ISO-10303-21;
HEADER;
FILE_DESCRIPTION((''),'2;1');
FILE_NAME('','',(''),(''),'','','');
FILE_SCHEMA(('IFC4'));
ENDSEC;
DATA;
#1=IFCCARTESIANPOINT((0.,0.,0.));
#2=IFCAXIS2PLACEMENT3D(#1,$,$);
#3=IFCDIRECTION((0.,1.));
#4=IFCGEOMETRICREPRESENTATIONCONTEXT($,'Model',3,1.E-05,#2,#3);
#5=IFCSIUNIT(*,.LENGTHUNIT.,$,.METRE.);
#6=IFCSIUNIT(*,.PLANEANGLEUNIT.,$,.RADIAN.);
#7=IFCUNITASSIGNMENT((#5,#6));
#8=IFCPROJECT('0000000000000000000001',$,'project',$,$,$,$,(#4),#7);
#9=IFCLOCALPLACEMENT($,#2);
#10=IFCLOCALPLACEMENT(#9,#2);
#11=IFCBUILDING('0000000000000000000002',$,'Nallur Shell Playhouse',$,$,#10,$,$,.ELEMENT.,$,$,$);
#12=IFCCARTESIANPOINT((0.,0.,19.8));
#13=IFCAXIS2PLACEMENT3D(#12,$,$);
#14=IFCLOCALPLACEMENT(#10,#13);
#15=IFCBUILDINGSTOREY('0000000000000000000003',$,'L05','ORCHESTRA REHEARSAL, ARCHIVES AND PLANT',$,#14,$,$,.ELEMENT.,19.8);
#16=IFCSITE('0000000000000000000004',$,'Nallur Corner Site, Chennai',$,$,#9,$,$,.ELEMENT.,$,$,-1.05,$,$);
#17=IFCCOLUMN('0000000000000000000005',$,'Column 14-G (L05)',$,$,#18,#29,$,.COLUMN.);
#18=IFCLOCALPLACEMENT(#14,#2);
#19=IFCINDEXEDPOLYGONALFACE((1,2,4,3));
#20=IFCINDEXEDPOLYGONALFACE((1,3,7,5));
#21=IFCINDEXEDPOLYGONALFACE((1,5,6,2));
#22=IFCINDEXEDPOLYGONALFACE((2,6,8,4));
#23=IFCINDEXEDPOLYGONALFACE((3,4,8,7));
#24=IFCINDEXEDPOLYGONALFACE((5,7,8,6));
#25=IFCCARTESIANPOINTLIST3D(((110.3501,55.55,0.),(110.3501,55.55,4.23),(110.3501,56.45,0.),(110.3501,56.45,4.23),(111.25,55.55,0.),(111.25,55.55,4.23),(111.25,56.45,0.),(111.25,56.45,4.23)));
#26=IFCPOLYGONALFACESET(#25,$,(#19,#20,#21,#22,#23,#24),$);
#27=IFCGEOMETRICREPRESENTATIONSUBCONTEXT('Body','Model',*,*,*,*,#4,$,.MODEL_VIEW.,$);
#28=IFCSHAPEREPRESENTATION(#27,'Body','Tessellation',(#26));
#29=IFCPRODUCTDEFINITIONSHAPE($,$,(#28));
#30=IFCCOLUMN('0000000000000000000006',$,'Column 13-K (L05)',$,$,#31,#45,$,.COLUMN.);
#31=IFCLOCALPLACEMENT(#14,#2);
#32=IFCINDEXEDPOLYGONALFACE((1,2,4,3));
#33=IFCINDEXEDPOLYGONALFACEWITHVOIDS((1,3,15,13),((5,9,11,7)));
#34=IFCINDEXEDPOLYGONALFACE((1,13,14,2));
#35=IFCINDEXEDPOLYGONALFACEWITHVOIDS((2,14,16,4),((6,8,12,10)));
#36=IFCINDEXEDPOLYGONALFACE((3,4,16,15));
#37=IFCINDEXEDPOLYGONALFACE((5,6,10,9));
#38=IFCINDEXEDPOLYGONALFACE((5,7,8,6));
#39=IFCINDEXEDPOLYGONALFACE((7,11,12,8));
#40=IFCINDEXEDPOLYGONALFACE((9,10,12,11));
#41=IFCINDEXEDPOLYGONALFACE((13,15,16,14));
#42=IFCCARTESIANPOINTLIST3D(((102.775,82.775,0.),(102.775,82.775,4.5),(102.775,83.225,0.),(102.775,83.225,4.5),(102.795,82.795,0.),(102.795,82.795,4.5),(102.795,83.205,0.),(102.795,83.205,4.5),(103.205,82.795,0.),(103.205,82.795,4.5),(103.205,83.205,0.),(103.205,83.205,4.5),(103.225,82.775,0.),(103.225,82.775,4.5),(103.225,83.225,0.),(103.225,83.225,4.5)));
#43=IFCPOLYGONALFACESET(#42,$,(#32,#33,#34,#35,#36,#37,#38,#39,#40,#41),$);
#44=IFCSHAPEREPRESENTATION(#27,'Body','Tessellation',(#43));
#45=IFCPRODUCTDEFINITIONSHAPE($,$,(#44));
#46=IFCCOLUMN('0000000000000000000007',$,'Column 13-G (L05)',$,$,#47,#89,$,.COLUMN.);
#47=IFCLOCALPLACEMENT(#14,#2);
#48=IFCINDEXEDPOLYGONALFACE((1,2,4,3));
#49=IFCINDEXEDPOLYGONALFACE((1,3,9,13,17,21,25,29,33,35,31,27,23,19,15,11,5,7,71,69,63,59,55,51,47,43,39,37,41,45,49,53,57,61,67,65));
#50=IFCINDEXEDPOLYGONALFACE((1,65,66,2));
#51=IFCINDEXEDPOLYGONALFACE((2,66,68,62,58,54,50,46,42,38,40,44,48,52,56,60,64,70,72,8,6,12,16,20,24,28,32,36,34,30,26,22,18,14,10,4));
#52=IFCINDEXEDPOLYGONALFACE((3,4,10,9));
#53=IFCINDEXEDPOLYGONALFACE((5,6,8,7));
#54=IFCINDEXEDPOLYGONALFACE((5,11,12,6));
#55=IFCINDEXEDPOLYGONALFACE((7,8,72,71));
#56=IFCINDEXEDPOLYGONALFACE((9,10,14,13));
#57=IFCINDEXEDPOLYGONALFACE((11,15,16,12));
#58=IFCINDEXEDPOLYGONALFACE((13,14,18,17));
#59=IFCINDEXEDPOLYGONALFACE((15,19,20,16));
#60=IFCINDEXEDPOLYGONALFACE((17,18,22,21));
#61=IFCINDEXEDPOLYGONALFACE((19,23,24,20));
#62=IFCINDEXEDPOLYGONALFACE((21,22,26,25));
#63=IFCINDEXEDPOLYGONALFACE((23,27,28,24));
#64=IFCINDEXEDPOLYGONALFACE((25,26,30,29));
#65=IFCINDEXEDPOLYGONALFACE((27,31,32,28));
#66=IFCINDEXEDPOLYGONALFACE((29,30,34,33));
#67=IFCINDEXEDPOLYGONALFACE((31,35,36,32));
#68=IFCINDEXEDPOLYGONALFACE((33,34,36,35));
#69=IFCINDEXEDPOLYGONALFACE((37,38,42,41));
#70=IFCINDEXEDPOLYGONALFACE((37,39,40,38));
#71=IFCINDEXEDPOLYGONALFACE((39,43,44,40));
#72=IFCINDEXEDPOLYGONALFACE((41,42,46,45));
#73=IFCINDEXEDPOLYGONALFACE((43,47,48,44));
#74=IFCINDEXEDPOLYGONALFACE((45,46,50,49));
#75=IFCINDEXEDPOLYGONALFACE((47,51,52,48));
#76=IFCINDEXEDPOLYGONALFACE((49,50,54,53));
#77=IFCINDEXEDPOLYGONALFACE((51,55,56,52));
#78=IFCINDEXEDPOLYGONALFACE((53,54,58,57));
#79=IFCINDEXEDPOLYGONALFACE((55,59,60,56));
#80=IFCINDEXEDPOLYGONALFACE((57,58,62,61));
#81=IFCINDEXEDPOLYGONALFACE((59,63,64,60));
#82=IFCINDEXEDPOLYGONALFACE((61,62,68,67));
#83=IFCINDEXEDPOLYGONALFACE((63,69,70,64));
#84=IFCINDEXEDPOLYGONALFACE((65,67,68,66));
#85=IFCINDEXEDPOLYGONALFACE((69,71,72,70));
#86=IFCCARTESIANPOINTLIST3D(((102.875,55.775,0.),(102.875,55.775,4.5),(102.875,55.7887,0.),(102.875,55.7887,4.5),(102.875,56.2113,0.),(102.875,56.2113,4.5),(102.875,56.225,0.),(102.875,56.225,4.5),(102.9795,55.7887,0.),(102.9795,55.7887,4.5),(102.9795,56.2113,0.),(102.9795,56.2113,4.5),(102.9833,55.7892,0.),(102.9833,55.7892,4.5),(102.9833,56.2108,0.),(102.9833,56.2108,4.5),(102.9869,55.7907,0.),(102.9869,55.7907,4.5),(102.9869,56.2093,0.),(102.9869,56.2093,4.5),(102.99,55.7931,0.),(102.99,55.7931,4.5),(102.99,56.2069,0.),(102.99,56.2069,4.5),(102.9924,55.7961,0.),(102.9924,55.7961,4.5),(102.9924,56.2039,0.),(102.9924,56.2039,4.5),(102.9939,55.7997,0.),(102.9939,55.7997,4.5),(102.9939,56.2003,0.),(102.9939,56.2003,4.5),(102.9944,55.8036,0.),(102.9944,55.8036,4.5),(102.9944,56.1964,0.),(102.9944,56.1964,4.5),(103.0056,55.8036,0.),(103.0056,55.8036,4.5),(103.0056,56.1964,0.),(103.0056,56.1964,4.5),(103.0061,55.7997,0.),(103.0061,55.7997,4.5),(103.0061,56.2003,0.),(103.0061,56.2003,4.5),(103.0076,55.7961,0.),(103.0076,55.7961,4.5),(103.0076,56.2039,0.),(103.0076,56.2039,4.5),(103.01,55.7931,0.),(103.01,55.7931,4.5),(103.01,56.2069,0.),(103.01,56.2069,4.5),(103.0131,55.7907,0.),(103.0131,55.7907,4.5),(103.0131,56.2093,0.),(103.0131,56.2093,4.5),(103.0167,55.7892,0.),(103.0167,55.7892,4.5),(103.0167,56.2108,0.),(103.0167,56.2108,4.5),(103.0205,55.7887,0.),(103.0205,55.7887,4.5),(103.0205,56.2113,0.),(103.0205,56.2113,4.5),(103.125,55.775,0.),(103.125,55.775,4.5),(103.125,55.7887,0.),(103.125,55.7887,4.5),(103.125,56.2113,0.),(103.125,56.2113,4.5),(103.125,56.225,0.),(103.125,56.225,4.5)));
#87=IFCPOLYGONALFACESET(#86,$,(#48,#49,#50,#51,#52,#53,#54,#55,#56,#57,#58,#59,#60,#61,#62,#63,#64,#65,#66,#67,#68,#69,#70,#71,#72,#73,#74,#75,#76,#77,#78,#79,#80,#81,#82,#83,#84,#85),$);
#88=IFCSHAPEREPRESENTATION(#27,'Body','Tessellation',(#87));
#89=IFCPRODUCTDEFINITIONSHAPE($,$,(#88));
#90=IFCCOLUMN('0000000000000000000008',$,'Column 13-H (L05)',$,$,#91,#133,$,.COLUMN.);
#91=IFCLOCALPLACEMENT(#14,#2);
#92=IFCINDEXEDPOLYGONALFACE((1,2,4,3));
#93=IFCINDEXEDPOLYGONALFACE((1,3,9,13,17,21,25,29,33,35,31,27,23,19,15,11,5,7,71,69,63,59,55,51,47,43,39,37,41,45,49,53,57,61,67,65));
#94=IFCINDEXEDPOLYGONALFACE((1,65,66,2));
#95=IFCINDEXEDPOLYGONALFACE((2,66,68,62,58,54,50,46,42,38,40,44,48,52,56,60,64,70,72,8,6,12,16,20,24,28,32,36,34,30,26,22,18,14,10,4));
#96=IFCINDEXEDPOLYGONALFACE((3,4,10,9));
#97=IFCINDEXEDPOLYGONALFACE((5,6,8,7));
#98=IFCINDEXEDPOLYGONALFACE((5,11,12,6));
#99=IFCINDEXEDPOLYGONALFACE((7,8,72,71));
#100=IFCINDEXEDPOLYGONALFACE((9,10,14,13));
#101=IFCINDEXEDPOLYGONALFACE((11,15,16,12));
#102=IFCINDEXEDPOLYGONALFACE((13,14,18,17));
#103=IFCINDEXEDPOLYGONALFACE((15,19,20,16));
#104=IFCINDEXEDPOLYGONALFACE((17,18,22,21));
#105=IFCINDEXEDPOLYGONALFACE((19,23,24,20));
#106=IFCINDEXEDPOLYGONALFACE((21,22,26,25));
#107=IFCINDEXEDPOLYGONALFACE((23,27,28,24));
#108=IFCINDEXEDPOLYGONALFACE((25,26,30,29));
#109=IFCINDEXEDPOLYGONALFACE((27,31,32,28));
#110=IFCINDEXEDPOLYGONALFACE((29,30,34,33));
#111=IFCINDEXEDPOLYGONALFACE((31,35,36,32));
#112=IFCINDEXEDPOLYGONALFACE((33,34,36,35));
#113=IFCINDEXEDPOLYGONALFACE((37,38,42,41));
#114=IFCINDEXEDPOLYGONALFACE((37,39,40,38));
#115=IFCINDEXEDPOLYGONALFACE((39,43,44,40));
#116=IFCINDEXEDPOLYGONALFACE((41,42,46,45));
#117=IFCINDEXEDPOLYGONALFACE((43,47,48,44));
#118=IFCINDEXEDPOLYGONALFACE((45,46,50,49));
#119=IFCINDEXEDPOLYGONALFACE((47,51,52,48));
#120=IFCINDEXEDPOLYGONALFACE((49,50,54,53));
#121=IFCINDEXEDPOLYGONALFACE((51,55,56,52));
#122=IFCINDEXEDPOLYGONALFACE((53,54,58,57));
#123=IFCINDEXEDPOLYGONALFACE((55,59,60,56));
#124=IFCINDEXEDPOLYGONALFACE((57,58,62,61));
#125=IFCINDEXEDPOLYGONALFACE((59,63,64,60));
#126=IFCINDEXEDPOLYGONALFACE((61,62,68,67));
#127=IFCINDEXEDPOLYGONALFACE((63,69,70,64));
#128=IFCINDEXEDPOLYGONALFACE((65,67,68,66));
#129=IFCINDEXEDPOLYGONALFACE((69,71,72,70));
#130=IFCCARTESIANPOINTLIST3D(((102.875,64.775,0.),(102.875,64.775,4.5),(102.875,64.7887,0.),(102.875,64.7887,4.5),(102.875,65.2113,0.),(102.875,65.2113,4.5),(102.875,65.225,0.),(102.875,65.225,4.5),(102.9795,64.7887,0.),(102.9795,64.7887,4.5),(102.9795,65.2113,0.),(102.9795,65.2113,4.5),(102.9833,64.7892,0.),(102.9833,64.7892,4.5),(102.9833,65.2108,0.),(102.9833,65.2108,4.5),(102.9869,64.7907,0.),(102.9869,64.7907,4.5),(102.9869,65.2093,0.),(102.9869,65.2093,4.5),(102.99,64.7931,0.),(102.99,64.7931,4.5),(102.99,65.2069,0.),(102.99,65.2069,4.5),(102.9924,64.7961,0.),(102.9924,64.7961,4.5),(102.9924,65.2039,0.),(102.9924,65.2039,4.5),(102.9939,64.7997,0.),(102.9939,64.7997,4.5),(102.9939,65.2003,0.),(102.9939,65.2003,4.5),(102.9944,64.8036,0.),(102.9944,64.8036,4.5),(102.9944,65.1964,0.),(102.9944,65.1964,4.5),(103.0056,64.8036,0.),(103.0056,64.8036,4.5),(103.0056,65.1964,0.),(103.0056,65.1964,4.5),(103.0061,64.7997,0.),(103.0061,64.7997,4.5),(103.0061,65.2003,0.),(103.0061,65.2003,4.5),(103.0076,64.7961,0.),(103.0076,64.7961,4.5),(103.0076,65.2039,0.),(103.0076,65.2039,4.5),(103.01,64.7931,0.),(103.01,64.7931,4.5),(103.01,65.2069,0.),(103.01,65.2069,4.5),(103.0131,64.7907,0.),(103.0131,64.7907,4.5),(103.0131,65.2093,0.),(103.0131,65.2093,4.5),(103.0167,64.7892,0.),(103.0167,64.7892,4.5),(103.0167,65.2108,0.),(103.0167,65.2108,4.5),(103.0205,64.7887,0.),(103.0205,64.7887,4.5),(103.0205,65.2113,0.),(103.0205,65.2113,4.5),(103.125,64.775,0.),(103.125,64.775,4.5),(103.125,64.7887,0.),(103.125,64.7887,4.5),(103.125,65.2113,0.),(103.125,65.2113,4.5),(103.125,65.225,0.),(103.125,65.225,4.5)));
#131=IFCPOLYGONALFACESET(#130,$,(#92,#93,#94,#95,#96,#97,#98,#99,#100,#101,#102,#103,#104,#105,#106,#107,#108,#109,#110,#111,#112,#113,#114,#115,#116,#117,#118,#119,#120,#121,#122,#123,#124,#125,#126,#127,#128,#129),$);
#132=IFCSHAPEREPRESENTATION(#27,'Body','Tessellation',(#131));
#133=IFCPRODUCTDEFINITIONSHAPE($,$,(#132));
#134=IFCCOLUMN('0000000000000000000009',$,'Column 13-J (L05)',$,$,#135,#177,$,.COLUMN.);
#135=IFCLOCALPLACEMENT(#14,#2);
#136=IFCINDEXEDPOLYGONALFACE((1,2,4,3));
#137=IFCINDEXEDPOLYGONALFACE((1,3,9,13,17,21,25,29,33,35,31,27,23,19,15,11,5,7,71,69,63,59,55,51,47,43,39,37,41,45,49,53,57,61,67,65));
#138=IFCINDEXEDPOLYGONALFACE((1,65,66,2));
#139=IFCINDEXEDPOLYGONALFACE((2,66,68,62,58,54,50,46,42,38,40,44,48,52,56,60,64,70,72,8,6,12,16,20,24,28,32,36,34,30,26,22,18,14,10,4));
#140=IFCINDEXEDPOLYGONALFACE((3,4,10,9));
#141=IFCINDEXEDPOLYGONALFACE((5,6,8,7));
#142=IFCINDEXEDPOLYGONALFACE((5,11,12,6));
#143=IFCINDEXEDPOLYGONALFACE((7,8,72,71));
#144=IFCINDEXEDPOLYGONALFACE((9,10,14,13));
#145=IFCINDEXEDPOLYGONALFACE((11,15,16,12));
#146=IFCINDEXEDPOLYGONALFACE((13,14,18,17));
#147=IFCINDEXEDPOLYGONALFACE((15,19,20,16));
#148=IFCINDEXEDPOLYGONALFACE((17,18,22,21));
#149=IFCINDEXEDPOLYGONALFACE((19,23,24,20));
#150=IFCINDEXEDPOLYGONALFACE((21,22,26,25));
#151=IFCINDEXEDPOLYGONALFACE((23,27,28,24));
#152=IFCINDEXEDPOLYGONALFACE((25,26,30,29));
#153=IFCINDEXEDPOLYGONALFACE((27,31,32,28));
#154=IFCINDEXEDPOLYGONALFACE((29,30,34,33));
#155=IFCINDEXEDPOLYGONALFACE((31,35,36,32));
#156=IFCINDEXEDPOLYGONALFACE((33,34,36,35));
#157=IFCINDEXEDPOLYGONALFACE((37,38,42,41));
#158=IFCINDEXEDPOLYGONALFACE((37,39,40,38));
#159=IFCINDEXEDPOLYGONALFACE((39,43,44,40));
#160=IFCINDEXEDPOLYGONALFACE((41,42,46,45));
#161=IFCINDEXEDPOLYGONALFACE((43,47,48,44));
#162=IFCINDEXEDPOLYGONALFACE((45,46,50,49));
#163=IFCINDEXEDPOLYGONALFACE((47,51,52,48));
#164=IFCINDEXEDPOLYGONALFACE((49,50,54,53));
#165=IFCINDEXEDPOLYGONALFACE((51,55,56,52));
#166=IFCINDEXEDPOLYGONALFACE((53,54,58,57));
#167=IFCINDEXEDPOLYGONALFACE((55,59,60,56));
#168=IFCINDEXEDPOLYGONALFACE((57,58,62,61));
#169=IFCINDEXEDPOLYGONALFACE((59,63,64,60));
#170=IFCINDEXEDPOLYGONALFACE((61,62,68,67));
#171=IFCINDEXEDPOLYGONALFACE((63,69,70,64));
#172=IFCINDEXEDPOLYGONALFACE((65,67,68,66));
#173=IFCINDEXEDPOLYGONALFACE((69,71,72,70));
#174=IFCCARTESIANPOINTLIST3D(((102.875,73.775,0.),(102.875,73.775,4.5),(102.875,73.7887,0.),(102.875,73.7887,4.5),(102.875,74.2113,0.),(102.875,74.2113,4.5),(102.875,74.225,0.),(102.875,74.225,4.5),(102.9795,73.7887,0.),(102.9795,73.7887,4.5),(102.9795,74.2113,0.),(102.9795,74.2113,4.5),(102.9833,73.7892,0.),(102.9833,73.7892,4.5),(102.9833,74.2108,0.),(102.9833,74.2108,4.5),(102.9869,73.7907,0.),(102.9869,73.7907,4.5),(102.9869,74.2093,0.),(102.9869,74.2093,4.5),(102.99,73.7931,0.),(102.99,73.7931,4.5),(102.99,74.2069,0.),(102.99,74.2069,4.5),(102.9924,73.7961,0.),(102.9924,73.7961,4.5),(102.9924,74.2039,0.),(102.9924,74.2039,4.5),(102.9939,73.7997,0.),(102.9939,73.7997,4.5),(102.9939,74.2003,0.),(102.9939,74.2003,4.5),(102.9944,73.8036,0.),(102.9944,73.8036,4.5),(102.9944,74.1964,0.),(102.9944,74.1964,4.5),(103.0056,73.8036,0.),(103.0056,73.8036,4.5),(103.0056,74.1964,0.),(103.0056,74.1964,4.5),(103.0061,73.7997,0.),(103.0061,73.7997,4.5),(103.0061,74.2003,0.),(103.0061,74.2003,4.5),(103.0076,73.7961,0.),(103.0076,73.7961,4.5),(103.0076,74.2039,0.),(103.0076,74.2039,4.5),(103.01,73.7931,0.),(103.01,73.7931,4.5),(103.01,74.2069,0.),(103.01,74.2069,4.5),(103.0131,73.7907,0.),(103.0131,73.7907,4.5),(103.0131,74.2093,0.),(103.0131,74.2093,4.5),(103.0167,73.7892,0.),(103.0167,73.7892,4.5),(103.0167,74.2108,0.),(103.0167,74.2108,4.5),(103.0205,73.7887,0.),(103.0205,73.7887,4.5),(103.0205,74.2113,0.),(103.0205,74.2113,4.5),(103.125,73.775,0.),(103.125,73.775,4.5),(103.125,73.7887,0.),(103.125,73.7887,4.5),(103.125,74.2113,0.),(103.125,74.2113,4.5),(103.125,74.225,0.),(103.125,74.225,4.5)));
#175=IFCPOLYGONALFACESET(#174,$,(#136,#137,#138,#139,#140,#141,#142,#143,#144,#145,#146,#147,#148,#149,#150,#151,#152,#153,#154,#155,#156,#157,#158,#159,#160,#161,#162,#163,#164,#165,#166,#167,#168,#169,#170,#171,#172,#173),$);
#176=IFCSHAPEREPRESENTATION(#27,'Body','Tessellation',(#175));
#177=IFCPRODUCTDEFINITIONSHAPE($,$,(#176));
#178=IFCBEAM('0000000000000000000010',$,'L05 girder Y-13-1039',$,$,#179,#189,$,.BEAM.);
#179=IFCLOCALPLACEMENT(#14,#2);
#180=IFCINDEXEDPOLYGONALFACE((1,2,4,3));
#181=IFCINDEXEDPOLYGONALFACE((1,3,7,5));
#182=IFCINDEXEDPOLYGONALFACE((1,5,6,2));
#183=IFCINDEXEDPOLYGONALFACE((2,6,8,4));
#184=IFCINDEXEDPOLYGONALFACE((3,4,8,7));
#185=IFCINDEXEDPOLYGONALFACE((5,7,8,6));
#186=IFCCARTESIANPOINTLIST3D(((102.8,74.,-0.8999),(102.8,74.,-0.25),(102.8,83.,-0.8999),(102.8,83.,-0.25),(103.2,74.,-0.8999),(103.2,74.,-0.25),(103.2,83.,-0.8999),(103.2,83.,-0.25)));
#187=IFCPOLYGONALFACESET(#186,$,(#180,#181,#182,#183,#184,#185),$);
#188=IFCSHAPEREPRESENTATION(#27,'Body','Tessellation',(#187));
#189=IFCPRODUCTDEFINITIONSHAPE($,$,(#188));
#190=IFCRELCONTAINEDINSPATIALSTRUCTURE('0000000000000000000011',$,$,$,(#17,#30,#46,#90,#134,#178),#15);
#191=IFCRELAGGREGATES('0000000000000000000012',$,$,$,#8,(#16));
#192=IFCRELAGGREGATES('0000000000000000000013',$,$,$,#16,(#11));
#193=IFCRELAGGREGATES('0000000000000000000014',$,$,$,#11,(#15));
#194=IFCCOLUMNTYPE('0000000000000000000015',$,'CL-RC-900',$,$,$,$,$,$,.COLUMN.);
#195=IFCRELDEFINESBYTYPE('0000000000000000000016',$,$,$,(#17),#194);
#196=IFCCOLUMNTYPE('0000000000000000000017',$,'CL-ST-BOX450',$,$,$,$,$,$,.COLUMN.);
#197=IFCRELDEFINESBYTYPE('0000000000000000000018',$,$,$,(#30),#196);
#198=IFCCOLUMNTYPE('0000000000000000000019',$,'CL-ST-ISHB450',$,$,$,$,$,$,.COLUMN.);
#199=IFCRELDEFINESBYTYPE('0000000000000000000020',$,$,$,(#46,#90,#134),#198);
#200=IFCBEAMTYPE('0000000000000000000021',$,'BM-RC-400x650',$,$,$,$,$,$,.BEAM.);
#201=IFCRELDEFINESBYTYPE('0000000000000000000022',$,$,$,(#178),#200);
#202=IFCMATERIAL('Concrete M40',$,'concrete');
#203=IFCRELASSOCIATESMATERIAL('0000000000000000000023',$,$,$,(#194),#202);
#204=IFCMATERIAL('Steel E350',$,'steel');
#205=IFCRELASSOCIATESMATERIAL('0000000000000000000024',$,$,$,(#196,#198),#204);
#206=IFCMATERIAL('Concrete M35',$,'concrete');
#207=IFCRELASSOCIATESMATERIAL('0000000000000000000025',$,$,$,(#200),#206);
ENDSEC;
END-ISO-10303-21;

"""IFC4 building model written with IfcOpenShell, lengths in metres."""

from ifc_helpers import new_model, si_unit, direction, frame, origin, origin_2d, place, context, subcontext, project, spatial, rectangle, hollow_rectangle, i_section, extrude, material, material_profile, profile_set, type_object, element, save


model = new_model("IFC4")

# Units and contexts
model_context = context("Model", 3, precision=1e-05, world=origin(), true_north=direction((0.0, 1.0)))
body_context = subcontext(model_context, "Body", "Model", "MODEL_VIEW")
ifc_project = project(units=[si_unit("LENGTHUNIT", "METRE"), si_unit("PLANEANGLEUNIT", "RADIAN")], contexts=[model_context])

# Site, building, storey
site_placement = place(None, origin())
site = spatial("IfcSite", under=ifc_project, at=site_placement, Name="Nallur Corner Site, Chennai", CompositionType="ELEMENT", RefElevation=-1.05)
building_placement = place(site_placement, origin())
building = spatial("IfcBuilding", under=site, at=building_placement, Name="Nallur Shell Playhouse", CompositionType="ELEMENT")
storey_placement = place(building_placement, frame((0.0, 0.0, 19.8)))
storey = spatial("IfcBuildingStorey", under=building, at=storey_placement, Name="L05", Description="ORCHESTRA REHEARSAL, ARCHIVES AND PLANT", CompositionType="ELEMENT", Elevation=19.8)

# Columns
ifc_material_1 = material(Name="Concrete M40", Category="concrete")
ifc_material_profile_1 = material_profile(ifc_material_1, rectangle(XDim=0.8999, YDim=0.8999, at=origin_2d()), Name="RC 900x900")
ifc_profile_set_1 = profile_set([ifc_material_profile_1], Name="Concrete M40")
column_type_1 = type_object("IfcColumnType", Name="CL-RC-900", PredefinedType="COLUMN", material=ifc_profile_set_1)
column_1_placement = place(storey_placement, frame((110.8, 56.0, 0.0), z_axis=(0.0, 0.0, 1.0), x_axis=(1.0, 0.0, 0.0)))
element("IfcColumn", 1, at=column_1_placement, inside=storey, type_object=column_type_1, Name="Column 14-G (L05)", PredefinedType="COLUMN", context=body_context, shape_type="SweptSolid", body=[
    extrude(rectangle(XDim=0.8999, YDim=0.8999, at=origin_2d()), origin(), (0.0, 0.0, 1.0), 4.23),
])
ifc_material_2 = material(Name="Steel E350", Category="steel")
ifc_material_profile_2 = material_profile(ifc_material_2, hollow_rectangle(XDim=0.45, YDim=0.45, WallThickness=0.02, at=origin_2d()), Name="BOX 450x450x20")
ifc_profile_set_2 = profile_set([ifc_material_profile_2], Name="Steel E350")
column_type_2 = type_object("IfcColumnType", Name="CL-ST-BOX450", PredefinedType="COLUMN", material=ifc_profile_set_2)
column_2_placement = place(storey_placement, frame((103.0, 83.0, 0.0), z_axis=(0.0, 0.0, 1.0), x_axis=(1.0, 0.0, 0.0)))
element("IfcColumn", 2, at=column_2_placement, inside=storey, type_object=column_type_2, Name="Column 13-K (L05)", PredefinedType="COLUMN", context=body_context, shape_type="SweptSolid", body=[
    extrude(hollow_rectangle(XDim=0.45, YDim=0.45, WallThickness=0.02, at=origin_2d()), origin(), (0.0, 0.0, 1.0), 4.5),
])
ifc_material_profile_3 = material_profile(ifc_material_2, i_section(OverallWidth=0.25, OverallDepth=0.45, WebThickness=0.0112, FlangeThickness=0.0137, FilletRadius=0.0149, at=origin_2d()), Name="ISHB 450")
ifc_profile_set_3 = profile_set([ifc_material_profile_3], Name="Steel E350")
column_type_3 = type_object("IfcColumnType", Name="CL-ST-ISHB450", PredefinedType="COLUMN", material=ifc_profile_set_3)
for number, where, z_axis, x_axis, name in (
    (3, (103.0, 56.0, 0.0), (0.0, 0.0, 1.0), (1.0, 0.0, 0.0), "Column 13-G (L05)"),
    (4, (103.0, 65.0, 0.0), (0.0, 0.0, 1.0), (1.0, 0.0, 0.0), "Column 13-H (L05)"),
    (5, (103.0, 74.0, 0.0), (0.0, 0.0, 1.0), (1.0, 0.0, 0.0), "Column 13-J (L05)"),
):
    element("IfcColumn", number, at=place(storey_placement, frame(where, z_axis=z_axis, x_axis=x_axis)), inside=storey, type_object=column_type_3, Name=name, PredefinedType="COLUMN", context=body_context, shape_type="SweptSolid", body=[
        extrude(i_section(OverallWidth=0.25, OverallDepth=0.45, WebThickness=0.0112, FlangeThickness=0.0137, FilletRadius=0.0149, at=origin_2d()), origin(), (0.0, 0.0, 1.0), 4.5),
    ])

# Beam
ifc_material_3 = material(Name="Concrete M35", Category="concrete")
ifc_material_profile_4 = material_profile(ifc_material_3, rectangle(XDim=0.3999, YDim=0.6499, at=origin_2d()), Name="RC 400x650")
ifc_profile_set_4 = profile_set([ifc_material_profile_4], Name="Concrete M35")
beam_type_1 = type_object("IfcBeamType", Name="BM-RC-400x650", PredefinedType="BEAM", material=ifc_profile_set_4)
beam_1_placement = place(storey_placement, frame((103.0, 74.0, -0.575), z_axis=(0.0, 1.0, 0.0), x_axis=(-1.0, 0.0, 0.0)))
element("IfcBeam", 6, at=beam_1_placement, inside=storey, type_object=beam_type_1, Name="L05 girder Y-13-1039", PredefinedType="BEAM", context=body_context, shape_type="SweptSolid", body=[
    extrude(rectangle(XDim=0.3999, YDim=0.6499, at=origin_2d()), origin(), (0.0, 0.0, 1.0), 9.0),
])

save(model, "model.ifc")
